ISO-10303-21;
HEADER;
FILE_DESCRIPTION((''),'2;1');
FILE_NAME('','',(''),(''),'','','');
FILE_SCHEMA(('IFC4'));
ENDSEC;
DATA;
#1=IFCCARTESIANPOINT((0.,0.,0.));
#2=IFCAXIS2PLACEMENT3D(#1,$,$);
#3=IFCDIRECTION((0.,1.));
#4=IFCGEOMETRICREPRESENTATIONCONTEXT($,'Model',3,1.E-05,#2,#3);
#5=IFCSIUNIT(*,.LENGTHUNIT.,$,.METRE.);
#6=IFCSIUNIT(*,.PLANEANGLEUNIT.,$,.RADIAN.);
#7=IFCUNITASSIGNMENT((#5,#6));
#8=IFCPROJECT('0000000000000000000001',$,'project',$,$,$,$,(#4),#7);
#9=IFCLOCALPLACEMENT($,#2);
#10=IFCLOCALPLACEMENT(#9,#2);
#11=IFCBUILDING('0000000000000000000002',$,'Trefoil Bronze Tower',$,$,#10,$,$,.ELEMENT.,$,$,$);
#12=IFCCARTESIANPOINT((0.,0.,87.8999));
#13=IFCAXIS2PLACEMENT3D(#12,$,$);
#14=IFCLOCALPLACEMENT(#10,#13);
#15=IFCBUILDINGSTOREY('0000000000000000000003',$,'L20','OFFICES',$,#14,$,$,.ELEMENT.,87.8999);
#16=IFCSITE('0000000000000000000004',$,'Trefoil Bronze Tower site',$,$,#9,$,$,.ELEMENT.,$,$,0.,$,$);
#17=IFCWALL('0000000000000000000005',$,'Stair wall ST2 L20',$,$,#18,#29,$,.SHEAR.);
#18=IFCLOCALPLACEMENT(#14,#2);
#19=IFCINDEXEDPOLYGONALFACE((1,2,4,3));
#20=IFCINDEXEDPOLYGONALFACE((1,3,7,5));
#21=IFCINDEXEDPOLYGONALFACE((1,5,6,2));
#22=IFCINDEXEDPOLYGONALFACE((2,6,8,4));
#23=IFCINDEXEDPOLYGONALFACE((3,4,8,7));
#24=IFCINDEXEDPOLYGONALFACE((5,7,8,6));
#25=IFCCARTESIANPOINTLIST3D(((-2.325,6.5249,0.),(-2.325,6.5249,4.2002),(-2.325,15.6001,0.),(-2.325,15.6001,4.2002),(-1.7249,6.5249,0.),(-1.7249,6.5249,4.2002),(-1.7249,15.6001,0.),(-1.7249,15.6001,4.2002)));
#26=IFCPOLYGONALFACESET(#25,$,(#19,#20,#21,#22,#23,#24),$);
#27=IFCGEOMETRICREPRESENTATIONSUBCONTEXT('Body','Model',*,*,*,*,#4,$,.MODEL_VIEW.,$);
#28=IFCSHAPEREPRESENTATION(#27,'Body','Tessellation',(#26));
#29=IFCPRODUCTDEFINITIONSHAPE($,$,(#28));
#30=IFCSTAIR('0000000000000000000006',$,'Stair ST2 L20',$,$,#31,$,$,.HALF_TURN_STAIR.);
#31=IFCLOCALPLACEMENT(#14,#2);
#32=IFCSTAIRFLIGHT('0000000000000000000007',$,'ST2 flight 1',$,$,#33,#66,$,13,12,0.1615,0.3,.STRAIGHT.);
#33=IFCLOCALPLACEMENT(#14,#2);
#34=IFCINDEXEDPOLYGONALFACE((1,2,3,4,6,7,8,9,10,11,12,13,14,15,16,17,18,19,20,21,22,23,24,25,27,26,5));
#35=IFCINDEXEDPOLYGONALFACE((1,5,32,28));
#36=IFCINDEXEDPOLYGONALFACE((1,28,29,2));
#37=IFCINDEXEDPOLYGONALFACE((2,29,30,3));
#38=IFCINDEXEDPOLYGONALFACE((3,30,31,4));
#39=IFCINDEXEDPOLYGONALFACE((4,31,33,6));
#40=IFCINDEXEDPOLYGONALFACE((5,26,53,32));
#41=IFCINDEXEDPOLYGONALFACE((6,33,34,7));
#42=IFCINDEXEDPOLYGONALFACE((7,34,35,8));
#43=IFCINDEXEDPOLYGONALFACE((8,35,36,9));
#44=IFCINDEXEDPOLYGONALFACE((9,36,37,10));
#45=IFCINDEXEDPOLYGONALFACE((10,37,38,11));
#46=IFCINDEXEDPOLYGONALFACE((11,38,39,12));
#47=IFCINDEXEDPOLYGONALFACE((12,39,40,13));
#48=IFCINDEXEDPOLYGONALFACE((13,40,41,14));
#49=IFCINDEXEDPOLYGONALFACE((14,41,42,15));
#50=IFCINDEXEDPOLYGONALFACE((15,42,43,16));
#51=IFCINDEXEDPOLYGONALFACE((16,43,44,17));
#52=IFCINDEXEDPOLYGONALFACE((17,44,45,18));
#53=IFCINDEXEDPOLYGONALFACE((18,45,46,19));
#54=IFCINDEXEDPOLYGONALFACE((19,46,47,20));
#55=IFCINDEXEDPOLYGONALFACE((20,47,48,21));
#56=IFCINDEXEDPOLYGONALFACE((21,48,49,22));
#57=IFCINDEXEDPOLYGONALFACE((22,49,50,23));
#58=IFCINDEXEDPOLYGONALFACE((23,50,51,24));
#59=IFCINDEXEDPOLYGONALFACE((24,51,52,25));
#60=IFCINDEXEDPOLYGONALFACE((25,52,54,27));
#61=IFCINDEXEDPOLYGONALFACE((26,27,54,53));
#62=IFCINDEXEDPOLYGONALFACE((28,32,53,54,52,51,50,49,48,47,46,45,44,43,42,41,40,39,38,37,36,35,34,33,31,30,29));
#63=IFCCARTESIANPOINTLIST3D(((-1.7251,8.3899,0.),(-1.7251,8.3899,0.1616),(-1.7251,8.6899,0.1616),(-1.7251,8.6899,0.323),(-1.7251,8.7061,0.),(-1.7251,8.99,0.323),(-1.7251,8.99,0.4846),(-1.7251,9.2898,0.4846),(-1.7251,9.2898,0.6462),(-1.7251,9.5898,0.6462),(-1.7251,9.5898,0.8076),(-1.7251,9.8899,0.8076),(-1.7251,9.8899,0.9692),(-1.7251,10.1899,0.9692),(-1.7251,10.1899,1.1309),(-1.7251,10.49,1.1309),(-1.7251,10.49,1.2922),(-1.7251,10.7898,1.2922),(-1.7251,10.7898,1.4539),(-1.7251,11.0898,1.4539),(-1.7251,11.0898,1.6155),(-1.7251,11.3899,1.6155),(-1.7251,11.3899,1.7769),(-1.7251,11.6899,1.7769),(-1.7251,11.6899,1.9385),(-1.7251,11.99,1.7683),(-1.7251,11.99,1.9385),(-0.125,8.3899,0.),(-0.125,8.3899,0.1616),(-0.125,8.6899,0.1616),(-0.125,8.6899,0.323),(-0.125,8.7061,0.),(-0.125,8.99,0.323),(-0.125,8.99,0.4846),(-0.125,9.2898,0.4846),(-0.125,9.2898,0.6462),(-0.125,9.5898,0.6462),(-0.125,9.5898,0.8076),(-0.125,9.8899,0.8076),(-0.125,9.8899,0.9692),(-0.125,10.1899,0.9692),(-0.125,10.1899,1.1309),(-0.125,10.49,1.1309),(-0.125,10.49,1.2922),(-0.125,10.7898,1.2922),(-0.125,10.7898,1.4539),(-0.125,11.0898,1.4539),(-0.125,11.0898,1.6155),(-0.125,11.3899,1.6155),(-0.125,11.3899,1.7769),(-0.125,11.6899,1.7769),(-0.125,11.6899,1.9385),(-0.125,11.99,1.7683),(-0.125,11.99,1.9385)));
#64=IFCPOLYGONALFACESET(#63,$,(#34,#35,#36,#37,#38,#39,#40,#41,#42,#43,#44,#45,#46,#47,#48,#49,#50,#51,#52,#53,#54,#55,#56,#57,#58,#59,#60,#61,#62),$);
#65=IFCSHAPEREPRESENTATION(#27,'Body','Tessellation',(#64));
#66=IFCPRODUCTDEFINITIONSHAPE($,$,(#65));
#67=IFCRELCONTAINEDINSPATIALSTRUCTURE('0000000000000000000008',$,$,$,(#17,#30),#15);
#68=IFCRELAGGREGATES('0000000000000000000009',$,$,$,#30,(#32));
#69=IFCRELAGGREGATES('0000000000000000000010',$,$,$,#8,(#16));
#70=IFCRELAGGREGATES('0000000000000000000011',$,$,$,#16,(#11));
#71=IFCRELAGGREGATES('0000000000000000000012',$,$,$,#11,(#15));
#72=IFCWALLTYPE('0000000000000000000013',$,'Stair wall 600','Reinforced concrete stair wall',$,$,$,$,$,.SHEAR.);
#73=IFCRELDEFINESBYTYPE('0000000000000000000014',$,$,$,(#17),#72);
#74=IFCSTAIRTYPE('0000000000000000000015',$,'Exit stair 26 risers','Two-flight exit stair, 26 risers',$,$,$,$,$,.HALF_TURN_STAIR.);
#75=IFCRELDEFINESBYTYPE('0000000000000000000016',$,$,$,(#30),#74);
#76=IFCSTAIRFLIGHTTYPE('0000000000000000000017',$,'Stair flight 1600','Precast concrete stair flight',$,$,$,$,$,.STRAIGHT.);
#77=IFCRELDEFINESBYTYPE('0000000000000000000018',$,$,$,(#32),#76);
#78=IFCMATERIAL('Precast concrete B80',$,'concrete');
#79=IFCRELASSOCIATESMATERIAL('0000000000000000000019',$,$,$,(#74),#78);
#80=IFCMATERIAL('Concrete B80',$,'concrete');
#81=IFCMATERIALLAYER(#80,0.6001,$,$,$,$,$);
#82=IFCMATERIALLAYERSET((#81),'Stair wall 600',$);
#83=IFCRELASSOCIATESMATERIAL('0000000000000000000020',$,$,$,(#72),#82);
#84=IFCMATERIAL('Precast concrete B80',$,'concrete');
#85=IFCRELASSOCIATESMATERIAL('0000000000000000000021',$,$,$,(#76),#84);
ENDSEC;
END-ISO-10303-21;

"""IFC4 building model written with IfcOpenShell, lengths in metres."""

from ifc_helpers import new_model, si_unit, direction, frame, frame_2d, origin, place, context, subcontext, project, spatial, polyline, rectangle, outline, extrude, material, layer, layer_set, type_object, element, aggregate, save


model = new_model("IFC4")

# Units and contexts
model_context = context("Model", 3, precision=1e-05, world=origin(), true_north=direction((0.0, 1.0)))
body_context = subcontext(model_context, "Body", "Model", "MODEL_VIEW")
ifc_project = project(units=[si_unit("LENGTHUNIT", "METRE"), si_unit("PLANEANGLEUNIT", "RADIAN")], contexts=[model_context])

# Site, building, storey
site_placement = place(None, origin())
site = spatial("IfcSite", under=ifc_project, at=site_placement, Name="Trefoil Bronze Tower site", CompositionType="ELEMENT", RefElevation=0.0)
building_placement = place(site_placement, origin())
building = spatial("IfcBuilding", under=site, at=building_placement, Name="Trefoil Bronze Tower", CompositionType="ELEMENT")
storey_placement = place(building_placement, frame((0.0, 0.0, 87.8999)))
storey = spatial("IfcBuildingStorey", under=building, at=storey_placement, Name="L20", Description="OFFICES", CompositionType="ELEMENT", Elevation=87.8999)

# Shared definitions
ifc_material_1 = material(Name="Precast concrete B80", Category="concrete")
stair_type = type_object("IfcStairType", Name="Exit stair 26 risers", Description="Two-flight exit stair, 26 risers", PredefinedType="HALF_TURN_STAIR", material=ifc_material_1)

# Wall
ifc_material_2 = material(Name="Concrete B80", Category="concrete")
ifc_layer_1 = layer(ifc_material_2, 0.6001)
ifc_layer_set_1 = layer_set([ifc_layer_1], Name="Stair wall 600")
wall_type_1 = type_object("IfcWallType", Name="Stair wall 600", Description="Reinforced concrete stair wall", PredefinedType="SHEAR", material=ifc_layer_set_1)
wall_1_placement = place(storey_placement, frame((-2.0249, 6.5249, 0.0), z_axis=(0.0, 0.0, 1.0), x_axis=(0.0, 1.0, 0.0)))
element("IfcWall", 1, at=wall_1_placement, inside=storey, type_object=wall_type_1, Name="Stair wall ST2 L20", PredefinedType="SHEAR", context=body_context, shape_type="SweptSolid", body=[
    extrude(rectangle(XDim=9.0752, YDim=0.6001, at=frame_2d((4.5376, 0.0))), origin(), (0.0, 0.0, 1.0), 4.2002),
])

# Stair, stair flight
stair_1_placement = place(storey_placement, origin())
stair_1 = element("IfcStair", 2, at=stair_1_placement, inside=storey, type_object=stair_type, Name="Stair ST2 L20", PredefinedType="HALF_TURN_STAIR")
ifc_material_3 = material(Name="Precast concrete B80", Category="concrete")
stair_flight_type = type_object("IfcStairFlightType", Name="Stair flight 1600", Description="Precast concrete stair flight", PredefinedType="STRAIGHT", material=ifc_material_3)
stair_flight_placement = place(storey_placement, frame((-0.925, 8.3899, 0.0), z_axis=(0.0, 0.0, 1.0), x_axis=(0.0, 1.0, 0.0)))
stair_flight = element("IfcStairFlight", 3, at=stair_flight_placement, type_object=stair_flight_type, Name="ST2 flight 1", NumberOfRisers=13, NumberOfTreads=12, PredefinedType="STRAIGHT", RiserHeight=0.1615, TreadLength=0.3, context=body_context, shape_type="SweptSolid", body=[
    extrude(outline(polyline([(0.0, 0.0), (0.0, 0.1616), (0.3, 0.1616), (0.3, 0.323), (0.6001, 0.323), (0.6001, 0.4846), (0.8999, 0.4846), (0.8999, 0.6462), (1.2, 0.6462), (1.2, 0.8076), (1.5, 0.8076), (1.5, 0.9692), (1.8, 0.9692), (1.8, 1.1309), (2.1001, 1.1309), (2.1001, 1.2922), (2.3999, 1.2922), (2.3999, 1.4539), (2.7, 1.4539), (2.7, 1.6155), (3.0, 1.6155), (3.0, 1.7769), (3.3, 1.7769), (3.3, 1.9385), (3.6001, 1.9385), (3.6001, 2.1001), (3.6001, 1.7683), (0.3162, 0.0), (0.0, 0.0)])), frame((0.0, 0.8, 0.0), z_axis=(0.0, -1.0, 0.0), x_axis=(1.0, 0.0, 0.0)), (0.0, 0.0, 1.0), 1.6001),
])
aggregate(stair_1, [stair_flight])

save(model, "model.ifc")
